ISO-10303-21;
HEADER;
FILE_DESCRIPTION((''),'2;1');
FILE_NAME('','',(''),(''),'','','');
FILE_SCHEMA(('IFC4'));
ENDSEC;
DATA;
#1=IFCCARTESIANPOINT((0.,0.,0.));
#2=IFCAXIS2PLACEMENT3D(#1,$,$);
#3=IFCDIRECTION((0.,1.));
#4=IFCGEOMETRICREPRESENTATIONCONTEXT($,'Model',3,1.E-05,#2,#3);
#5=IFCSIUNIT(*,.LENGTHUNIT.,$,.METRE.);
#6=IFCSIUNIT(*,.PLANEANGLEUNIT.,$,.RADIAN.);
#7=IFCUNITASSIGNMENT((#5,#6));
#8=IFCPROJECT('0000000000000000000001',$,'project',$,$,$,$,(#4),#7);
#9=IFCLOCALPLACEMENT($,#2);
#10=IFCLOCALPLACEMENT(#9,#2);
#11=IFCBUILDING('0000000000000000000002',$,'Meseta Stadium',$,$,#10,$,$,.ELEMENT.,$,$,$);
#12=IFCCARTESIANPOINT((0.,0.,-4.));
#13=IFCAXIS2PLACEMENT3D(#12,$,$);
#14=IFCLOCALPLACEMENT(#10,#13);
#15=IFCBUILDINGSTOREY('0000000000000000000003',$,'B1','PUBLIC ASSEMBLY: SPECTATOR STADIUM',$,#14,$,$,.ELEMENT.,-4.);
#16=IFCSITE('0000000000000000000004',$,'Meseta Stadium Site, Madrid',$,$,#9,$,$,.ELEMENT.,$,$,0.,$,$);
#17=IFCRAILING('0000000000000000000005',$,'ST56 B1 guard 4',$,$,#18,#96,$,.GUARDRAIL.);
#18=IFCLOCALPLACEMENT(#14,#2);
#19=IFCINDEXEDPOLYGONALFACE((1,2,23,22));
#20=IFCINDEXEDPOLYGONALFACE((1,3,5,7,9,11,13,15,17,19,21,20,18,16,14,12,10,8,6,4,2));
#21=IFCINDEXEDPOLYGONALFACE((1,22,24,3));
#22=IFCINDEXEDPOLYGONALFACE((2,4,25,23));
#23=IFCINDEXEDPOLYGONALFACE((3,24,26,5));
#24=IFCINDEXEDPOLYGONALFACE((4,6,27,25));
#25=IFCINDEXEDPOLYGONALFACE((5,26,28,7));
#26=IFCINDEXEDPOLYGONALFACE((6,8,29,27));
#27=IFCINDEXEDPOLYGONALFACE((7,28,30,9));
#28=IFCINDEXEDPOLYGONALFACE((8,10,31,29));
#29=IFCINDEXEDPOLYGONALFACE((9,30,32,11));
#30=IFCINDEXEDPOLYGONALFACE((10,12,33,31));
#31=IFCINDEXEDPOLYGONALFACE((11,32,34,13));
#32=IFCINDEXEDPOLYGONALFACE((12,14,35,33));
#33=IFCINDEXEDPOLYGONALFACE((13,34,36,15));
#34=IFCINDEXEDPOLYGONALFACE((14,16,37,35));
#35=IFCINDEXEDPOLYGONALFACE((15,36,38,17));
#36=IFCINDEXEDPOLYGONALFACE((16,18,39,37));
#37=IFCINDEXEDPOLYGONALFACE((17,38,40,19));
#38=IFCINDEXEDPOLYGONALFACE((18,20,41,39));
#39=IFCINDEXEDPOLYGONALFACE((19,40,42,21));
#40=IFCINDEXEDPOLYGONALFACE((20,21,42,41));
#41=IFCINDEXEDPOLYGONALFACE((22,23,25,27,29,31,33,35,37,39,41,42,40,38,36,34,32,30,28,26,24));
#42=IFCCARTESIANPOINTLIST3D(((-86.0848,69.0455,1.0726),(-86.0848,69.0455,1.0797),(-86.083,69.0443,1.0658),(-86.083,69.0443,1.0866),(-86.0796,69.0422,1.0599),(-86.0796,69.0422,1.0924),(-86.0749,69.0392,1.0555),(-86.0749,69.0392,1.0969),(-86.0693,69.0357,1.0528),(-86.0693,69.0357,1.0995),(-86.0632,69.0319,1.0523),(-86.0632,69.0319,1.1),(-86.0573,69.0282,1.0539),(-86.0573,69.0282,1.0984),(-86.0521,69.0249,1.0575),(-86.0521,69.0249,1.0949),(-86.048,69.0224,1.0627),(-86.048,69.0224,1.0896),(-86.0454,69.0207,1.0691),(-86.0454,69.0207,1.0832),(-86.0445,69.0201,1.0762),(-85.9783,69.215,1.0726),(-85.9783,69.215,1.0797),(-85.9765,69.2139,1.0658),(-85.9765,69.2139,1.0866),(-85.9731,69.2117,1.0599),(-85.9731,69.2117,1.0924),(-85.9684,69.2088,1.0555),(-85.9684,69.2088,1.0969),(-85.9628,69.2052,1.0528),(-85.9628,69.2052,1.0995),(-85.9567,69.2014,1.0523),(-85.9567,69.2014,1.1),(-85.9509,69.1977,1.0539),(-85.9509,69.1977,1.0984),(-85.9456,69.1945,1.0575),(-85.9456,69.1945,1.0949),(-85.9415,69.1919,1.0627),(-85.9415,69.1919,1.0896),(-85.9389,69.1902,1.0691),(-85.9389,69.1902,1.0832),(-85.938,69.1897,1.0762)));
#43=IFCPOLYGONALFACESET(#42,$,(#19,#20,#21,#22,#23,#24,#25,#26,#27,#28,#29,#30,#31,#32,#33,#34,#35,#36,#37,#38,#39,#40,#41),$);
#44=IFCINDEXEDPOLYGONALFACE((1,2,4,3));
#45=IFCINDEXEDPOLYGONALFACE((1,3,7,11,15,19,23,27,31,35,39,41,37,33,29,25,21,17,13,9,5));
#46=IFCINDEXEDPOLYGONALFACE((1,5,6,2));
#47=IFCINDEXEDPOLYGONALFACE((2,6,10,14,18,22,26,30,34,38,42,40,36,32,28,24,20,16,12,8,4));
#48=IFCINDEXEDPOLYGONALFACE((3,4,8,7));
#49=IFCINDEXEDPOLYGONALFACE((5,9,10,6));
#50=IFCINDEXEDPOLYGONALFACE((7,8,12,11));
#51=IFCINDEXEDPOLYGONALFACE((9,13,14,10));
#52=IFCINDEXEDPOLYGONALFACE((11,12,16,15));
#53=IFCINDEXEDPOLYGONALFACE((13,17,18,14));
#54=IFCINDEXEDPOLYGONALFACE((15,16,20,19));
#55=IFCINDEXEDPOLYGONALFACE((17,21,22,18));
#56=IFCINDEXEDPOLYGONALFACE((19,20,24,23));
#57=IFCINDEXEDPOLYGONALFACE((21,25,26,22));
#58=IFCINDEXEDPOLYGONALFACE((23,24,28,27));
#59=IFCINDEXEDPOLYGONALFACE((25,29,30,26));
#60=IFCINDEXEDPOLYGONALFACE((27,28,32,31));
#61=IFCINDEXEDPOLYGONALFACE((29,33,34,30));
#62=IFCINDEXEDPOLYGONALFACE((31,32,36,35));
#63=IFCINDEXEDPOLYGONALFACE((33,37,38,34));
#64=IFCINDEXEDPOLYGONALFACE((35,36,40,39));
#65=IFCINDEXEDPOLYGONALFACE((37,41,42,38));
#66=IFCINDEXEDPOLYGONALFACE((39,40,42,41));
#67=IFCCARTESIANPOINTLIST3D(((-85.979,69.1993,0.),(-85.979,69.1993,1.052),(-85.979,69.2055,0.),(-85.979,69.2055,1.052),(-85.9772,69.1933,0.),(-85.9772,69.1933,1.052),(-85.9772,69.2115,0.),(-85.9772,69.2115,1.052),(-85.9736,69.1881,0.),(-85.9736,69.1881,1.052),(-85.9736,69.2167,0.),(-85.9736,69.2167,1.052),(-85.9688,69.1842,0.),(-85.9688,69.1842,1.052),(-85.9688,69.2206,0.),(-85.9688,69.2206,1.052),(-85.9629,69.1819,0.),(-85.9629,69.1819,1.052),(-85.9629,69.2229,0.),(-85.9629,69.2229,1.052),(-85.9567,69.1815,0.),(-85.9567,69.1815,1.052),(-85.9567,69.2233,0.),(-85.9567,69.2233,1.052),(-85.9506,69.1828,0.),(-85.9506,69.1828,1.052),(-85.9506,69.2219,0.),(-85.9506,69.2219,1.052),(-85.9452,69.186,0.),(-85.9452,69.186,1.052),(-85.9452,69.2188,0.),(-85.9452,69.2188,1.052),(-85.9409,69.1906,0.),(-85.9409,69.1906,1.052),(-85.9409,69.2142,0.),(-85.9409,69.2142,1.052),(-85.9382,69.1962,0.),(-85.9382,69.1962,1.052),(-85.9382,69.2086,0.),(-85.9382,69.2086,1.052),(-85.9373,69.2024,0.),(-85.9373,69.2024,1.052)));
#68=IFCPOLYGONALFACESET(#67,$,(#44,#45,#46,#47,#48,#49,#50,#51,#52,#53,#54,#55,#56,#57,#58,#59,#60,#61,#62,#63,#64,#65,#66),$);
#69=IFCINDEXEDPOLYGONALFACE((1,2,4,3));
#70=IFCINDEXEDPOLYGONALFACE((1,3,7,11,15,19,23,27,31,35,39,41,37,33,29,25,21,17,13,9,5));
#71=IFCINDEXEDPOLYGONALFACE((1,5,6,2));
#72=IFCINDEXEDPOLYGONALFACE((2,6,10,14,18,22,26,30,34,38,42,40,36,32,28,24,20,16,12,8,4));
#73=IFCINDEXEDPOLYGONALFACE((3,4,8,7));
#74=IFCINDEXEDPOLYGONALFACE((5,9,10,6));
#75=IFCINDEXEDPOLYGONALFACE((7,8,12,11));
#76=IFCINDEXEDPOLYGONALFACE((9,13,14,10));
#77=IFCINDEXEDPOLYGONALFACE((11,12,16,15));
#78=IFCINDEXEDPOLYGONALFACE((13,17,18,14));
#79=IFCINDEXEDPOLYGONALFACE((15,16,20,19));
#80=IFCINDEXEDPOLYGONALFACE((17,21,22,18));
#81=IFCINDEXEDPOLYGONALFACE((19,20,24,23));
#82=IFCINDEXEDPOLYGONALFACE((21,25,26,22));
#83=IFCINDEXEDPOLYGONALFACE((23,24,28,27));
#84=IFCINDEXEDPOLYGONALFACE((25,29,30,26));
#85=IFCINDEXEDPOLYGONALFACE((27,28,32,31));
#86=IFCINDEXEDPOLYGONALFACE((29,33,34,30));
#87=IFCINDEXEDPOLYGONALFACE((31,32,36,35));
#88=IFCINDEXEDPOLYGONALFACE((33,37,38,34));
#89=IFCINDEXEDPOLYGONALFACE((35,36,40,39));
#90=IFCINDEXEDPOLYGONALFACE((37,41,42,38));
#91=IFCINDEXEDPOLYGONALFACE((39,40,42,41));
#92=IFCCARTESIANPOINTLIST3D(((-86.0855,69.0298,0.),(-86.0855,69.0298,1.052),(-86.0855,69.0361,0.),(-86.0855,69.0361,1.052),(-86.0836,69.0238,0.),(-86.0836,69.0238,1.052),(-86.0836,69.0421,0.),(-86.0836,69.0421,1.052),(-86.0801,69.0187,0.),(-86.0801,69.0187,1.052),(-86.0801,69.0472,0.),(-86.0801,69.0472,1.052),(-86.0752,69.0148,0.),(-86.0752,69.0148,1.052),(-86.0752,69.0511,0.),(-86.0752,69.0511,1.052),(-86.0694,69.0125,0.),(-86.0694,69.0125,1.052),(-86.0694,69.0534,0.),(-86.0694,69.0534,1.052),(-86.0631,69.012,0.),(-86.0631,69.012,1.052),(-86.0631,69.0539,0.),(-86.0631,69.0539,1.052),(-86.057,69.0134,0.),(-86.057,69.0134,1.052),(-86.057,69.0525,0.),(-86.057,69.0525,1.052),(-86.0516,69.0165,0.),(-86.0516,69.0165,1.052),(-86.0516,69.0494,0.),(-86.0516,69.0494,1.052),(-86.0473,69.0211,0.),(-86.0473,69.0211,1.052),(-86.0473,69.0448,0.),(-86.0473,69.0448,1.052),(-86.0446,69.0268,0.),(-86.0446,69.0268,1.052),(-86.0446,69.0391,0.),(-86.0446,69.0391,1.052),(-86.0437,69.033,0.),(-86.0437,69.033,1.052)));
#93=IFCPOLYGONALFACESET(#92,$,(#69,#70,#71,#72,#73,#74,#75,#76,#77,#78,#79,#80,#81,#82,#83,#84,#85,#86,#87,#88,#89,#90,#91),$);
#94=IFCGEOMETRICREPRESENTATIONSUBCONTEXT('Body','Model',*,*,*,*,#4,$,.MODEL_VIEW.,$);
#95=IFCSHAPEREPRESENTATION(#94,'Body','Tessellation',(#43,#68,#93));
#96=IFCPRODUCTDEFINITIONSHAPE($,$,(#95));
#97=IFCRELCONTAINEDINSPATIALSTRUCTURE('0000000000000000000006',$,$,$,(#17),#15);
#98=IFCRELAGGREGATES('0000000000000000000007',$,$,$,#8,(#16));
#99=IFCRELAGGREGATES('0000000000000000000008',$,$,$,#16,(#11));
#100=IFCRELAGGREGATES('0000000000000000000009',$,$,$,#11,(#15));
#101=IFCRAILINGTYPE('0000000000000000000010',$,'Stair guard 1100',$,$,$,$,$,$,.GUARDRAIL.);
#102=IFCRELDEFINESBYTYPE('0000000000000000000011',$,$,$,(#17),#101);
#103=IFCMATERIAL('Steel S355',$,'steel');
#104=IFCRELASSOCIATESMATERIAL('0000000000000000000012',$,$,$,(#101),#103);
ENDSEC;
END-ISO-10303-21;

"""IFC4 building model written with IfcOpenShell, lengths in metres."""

from ifc_helpers import new_model, si_unit, direction, frame, origin, origin_2d, place, context, subcontext, project, spatial, circle, extrude, material, type_object, element, save


model = new_model("IFC4")

# Units and contexts
model_context = context("Model", 3, precision=1e-05, world=origin(), true_north=direction((0.0, 1.0)))
body_context = subcontext(model_context, "Body", "Model", "MODEL_VIEW")
ifc_project = project(units=[si_unit("LENGTHUNIT", "METRE"), si_unit("PLANEANGLEUNIT", "RADIAN")], contexts=[model_context])

# Site, building, storey
site_placement = place(None, origin())
site = spatial("IfcSite", under=ifc_project, at=site_placement, Name="Meseta Stadium Site, Madrid", CompositionType="ELEMENT", RefElevation=0.0)
building_placement = place(site_placement, origin())
building = spatial("IfcBuilding", under=site, at=building_placement, Name="Meseta Stadium", CompositionType="ELEMENT")
storey_placement = place(building_placement, frame((0.0, 0.0, -4.0)))
storey = spatial("IfcBuildingStorey", under=building, at=storey_placement, Name="B1", Description="PUBLIC ASSEMBLY: SPECTATOR STADIUM", CompositionType="ELEMENT", Elevation=-4.0)

# Railing
ifc_material_1 = material(Name="Steel S355", Category="steel")
railing_type_1 = type_object("IfcRailingType", Name="Stair guard 1100", PredefinedType="GUARDRAIL", material=ifc_material_1)
railing_1_placement = place(storey_placement, frame((-85.9583, 69.2024, 0.0)))
element("IfcRailing", 1, at=railing_1_placement, inside=storey, type_object=railing_type_1, Name="ST56 B1 guard 4", PredefinedType="GUARDRAIL", context=body_context, shape_type="SweptSolid", body=[
    extrude(circle(Radius=0.0239, at=origin_2d()), frame((0.0, 0.0, 1.0762), z_axis=(-0.531972, -0.846762, 0.0), x_axis=(0.846762, -0.531972, 0.0)), (0.0, 0.0, 1.0), 0.2002),
    extrude(circle(Radius=0.021, at=origin_2d()), origin(), (0.0, 0.0, 1.0), 1.052),
    extrude(circle(Radius=0.021, at=origin_2d()), frame((-0.1064, -0.1694, 0.0)), (0.0, 0.0, 1.0), 1.052),
])

save(model, "model.ifc")
